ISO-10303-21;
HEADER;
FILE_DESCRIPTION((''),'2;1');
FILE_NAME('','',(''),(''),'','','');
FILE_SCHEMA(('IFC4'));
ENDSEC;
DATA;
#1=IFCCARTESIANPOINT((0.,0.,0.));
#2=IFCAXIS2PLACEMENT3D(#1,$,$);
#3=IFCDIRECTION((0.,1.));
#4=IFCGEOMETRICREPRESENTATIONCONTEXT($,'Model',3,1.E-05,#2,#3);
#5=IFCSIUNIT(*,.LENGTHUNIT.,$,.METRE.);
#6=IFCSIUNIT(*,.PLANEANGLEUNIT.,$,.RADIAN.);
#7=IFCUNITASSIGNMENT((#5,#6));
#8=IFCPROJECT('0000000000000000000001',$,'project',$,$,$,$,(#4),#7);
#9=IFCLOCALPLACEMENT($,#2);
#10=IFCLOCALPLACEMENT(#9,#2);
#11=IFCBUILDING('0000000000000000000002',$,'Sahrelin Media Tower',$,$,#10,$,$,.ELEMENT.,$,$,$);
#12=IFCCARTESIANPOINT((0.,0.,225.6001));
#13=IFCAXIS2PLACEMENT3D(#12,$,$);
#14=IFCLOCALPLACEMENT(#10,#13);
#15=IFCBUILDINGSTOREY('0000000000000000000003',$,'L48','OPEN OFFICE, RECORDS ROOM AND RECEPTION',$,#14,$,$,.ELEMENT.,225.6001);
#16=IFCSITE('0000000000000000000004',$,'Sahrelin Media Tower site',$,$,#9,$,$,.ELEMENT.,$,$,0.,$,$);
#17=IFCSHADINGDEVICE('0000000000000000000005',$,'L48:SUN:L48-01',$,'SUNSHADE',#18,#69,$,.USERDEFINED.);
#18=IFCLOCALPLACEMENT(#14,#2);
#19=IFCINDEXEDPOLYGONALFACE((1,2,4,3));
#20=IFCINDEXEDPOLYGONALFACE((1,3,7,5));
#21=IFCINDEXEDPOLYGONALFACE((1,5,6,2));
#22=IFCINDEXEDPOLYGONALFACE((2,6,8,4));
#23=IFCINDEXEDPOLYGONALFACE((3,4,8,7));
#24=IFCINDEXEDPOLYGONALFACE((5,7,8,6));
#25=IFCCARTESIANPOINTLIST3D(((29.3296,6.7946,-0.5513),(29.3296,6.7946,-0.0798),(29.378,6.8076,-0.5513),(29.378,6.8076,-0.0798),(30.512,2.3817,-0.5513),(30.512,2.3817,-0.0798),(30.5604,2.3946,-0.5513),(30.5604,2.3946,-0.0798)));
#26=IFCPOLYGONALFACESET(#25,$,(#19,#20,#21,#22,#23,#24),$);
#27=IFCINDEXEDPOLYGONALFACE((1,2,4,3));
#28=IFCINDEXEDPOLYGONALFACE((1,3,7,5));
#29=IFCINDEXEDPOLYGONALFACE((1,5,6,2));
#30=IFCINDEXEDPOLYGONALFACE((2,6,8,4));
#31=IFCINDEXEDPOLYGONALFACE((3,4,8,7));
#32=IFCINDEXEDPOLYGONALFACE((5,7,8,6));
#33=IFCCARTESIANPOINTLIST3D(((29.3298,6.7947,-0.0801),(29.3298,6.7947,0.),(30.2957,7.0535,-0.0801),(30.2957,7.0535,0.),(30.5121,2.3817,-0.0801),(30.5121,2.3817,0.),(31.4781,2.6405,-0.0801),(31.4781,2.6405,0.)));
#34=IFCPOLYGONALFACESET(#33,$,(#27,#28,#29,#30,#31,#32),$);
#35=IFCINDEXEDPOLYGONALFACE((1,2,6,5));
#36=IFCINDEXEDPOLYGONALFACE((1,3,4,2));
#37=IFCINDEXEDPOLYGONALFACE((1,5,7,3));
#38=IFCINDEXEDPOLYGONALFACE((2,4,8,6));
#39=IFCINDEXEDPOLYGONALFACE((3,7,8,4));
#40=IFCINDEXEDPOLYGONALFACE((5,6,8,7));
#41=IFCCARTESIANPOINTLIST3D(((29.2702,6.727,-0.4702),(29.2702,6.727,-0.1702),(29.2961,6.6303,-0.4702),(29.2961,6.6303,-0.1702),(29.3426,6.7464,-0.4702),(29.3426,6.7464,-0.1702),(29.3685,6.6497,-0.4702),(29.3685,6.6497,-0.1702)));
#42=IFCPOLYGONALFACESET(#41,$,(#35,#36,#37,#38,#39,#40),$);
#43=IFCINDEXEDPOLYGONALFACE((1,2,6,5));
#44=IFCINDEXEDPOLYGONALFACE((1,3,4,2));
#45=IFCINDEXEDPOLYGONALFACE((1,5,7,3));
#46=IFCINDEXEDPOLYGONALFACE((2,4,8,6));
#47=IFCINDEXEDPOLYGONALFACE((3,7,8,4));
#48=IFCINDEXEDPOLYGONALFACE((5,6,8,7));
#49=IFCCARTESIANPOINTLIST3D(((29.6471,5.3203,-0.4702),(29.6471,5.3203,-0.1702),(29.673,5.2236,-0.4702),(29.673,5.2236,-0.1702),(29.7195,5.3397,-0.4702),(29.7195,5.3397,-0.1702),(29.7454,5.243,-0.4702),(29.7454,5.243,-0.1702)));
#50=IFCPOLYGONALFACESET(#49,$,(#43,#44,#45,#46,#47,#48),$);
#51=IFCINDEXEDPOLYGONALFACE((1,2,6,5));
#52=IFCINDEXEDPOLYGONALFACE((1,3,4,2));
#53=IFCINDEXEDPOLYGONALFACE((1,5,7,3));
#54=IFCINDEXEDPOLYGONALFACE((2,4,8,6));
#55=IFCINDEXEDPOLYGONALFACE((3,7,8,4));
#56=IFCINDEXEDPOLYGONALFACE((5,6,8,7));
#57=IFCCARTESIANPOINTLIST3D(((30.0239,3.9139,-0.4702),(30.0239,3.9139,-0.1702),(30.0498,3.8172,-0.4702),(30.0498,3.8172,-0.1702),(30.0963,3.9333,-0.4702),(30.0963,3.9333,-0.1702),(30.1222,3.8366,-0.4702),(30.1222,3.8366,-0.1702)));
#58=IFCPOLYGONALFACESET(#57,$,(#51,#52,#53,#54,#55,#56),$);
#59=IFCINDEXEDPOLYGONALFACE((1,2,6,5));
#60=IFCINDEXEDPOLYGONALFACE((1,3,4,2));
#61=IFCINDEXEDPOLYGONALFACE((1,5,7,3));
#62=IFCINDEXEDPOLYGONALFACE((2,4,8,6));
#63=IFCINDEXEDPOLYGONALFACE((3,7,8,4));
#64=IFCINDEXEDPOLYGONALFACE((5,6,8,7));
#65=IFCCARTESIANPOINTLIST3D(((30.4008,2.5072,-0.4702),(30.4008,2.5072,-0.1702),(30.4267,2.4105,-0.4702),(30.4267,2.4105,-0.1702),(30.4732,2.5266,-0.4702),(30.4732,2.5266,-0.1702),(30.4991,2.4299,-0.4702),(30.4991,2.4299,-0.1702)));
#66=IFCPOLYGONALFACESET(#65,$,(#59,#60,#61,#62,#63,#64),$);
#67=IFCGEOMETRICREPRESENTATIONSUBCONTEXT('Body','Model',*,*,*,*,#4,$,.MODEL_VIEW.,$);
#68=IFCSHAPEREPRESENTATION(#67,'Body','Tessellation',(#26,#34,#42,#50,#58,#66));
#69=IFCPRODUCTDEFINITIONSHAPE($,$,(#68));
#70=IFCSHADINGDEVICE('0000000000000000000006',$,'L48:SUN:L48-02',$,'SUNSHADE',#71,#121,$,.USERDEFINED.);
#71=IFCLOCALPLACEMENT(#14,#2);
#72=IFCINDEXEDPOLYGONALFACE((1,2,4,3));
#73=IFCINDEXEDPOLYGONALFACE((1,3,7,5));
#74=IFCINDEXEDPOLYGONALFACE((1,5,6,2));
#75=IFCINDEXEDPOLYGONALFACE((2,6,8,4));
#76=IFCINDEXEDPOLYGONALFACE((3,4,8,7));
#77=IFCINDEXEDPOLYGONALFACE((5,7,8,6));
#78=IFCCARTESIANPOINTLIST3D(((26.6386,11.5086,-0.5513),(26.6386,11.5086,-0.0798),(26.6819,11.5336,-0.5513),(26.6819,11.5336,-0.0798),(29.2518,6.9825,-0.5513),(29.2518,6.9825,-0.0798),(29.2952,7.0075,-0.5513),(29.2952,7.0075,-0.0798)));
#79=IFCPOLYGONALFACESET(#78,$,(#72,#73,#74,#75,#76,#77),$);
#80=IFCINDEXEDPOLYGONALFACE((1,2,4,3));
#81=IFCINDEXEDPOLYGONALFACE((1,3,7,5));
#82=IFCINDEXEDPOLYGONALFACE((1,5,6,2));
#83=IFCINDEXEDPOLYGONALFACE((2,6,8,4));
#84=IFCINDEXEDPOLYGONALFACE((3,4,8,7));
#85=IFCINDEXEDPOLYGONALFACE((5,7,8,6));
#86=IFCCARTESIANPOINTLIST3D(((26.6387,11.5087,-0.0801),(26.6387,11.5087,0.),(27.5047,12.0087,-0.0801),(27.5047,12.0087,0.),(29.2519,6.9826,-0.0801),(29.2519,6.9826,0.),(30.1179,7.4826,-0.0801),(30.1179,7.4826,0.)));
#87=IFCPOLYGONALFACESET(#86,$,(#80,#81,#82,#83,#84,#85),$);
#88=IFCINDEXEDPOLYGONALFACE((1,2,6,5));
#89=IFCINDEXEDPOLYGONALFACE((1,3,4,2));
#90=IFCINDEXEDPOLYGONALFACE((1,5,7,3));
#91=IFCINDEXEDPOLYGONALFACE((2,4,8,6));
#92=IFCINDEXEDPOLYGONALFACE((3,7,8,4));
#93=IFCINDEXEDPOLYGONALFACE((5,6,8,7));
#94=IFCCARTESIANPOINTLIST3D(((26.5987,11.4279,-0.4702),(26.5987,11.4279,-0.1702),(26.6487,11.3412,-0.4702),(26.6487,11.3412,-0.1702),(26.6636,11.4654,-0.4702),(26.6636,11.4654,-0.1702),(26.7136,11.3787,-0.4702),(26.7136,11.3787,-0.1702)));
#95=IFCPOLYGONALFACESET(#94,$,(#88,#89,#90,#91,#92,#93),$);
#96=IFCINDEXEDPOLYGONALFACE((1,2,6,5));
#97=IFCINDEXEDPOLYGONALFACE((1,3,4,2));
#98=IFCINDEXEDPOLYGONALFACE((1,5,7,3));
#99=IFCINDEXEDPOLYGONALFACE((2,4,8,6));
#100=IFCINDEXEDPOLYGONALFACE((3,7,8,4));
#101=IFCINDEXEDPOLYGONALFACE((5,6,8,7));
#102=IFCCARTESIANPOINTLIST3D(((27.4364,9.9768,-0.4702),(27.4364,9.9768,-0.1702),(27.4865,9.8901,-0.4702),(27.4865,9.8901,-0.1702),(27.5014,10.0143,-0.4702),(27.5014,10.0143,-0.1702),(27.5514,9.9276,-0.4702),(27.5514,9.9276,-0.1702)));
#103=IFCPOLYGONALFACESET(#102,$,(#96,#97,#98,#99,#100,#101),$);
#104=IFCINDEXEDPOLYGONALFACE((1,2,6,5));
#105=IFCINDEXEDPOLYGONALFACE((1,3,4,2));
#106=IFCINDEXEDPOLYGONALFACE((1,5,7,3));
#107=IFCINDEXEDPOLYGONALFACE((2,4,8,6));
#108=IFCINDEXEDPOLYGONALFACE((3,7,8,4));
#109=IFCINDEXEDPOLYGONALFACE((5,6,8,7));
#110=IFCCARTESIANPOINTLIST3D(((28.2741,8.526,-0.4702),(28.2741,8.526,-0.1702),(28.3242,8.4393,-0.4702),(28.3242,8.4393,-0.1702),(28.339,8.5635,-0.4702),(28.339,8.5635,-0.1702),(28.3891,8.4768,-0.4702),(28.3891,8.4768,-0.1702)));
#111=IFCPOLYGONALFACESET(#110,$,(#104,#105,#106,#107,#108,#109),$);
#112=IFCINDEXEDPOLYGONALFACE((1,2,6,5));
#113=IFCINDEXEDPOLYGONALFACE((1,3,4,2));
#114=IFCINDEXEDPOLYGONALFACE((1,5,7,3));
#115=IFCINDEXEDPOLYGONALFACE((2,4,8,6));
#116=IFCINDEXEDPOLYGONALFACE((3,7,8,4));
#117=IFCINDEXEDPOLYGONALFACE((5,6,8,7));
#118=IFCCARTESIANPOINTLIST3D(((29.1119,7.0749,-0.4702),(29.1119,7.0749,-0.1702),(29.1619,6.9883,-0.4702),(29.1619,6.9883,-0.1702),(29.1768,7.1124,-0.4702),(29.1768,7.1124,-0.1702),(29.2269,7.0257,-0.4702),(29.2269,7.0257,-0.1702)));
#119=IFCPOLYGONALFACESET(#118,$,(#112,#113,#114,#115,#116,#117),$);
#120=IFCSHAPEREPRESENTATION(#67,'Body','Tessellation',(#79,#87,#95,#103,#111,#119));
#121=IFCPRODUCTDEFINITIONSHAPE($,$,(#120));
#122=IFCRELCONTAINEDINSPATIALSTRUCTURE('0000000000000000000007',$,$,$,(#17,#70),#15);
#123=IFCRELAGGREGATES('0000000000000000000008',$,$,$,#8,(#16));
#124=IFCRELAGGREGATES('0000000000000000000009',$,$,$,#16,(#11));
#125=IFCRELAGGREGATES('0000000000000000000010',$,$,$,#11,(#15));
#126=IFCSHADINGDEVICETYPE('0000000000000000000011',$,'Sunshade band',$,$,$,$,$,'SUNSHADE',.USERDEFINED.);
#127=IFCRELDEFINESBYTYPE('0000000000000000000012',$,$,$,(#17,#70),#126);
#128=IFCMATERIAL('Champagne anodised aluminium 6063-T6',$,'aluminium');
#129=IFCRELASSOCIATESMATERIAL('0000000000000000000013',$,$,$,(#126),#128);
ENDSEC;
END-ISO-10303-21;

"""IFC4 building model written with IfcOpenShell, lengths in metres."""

from ifc_helpers import new_model, si_unit, direction, frame, origin, origin_2d, place, context, subcontext, project, spatial, rectangle, extrude, material, type_object, element, save


model = new_model("IFC4")

# Units and contexts
model_context = context("Model", 3, precision=1e-05, world=origin(), true_north=direction((0.0, 1.0)))
body_context = subcontext(model_context, "Body", "Model", "MODEL_VIEW")
ifc_project = project(units=[si_unit("LENGTHUNIT", "METRE"), si_unit("PLANEANGLEUNIT", "RADIAN")], contexts=[model_context])

# Site, building, storey
site_placement = place(None, origin())
site = spatial("IfcSite", under=ifc_project, at=site_placement, Name="Sahrelin Media Tower site", CompositionType="ELEMENT", RefElevation=0.0)
building_placement = place(site_placement, origin())
building = spatial("IfcBuilding", under=site, at=building_placement, Name="Sahrelin Media Tower", CompositionType="ELEMENT")
storey_placement = place(building_placement, frame((0.0, 0.0, 225.6001)))
storey = spatial("IfcBuildingStorey", under=building, at=storey_placement, Name="L48", Description="OPEN OFFICE, RECORDS ROOM AND RECEPTION", CompositionType="ELEMENT", Elevation=225.6001)

# Shared definitions
ifc_material_1 = material(Name="Champagne anodised aluminium 6063-T6", Category="aluminium")

# Shading devices
placement_1 = place(storey_placement, frame((29.9016, 4.583, 0.0), z_axis=(0.0, 0.0, 1.0), x_axis=(0.258808, -0.965929, 0.0)))
placement_2 = place(storey_placement, frame((27.928, 9.2356, 0.0), z_axis=(0.0, 0.0, 1.0), x_axis=(0.500011, -0.866019, 0.0)))
shading_device_type_1 = type_object("IfcShadingDeviceType", Name="Sunshade band", ElementType="SUNSHADE", PredefinedType="USERDEFINED", material=ifc_material_1)
element("IfcShadingDevice", 1, at=placement_1, inside=storey, type_object=shading_device_type_1, Name="L48:SUN:L48-01", ObjectType="SUNSHADE", PredefinedType="USERDEFINED", context=body_context, shape_type="SweptSolid", body=[
    extrude(rectangle(XDim=4.5686, YDim=0.05, at=origin_2d()), frame((0.0, 0.0449, -0.5513)), (0.0, 0.0, 1.0), 0.4714),
    extrude(rectangle(XDim=4.5686, YDim=1.0, at=origin_2d()), frame((0.0, 0.52, -0.0801)), (0.0, 0.0, 1.0), 0.0801),
    extrude(rectangle(XDim=0.1001, YDim=0.075, at=origin_2d()), frame((-2.1843, -0.0176, -0.4702)), (0.0, 0.0, 1.0), 0.3),
    extrude(rectangle(XDim=0.1001, YDim=0.075, at=origin_2d()), frame((-0.728, -0.0176, -0.4702)), (0.0, 0.0, 1.0), 0.3),
    extrude(rectangle(XDim=0.1001, YDim=0.075, at=origin_2d()), frame((0.728, -0.0176, -0.4702)), (0.0, 0.0, 1.0), 0.3),
    extrude(rectangle(XDim=0.1001, YDim=0.075, at=origin_2d()), frame((2.1843, -0.0176, -0.4702)), (0.0, 0.0, 1.0), 0.3),
])
element("IfcShadingDevice", 2, at=placement_2, inside=storey, type_object=shading_device_type_1, Name="L48:SUN:L48-02", ObjectType="SUNSHADE", PredefinedType="USERDEFINED", context=body_context, shape_type="SweptSolid", body=[
    extrude(rectangle(XDim=5.2263, YDim=0.05, at=origin_2d()), frame((0.0, 0.0449, -0.5513)), (0.0, 0.0, 1.0), 0.4714),
    extrude(rectangle(XDim=5.2263, YDim=1.0, at=origin_2d()), frame((0.0, 0.52, -0.0801)), (0.0, 0.0, 1.0), 0.0801),
    extrude(rectangle(XDim=0.1001, YDim=0.075, at=origin_2d()), frame((-2.5132, -0.0176, -0.4702)), (0.0, 0.0, 1.0), 0.3),
    extrude(rectangle(XDim=0.1001, YDim=0.075, at=origin_2d()), frame((-0.8376, -0.0176, -0.4702)), (0.0, 0.0, 1.0), 0.3),
    extrude(rectangle(XDim=0.1001, YDim=0.075, at=origin_2d()), frame((0.8376, -0.0176, -0.4702)), (0.0, 0.0, 1.0), 0.3),
    extrude(rectangle(XDim=0.1001, YDim=0.075, at=origin_2d()), frame((2.5132, -0.0176, -0.4702)), (0.0, 0.0, 1.0), 0.3),
])

save(model, "model.ifc")
